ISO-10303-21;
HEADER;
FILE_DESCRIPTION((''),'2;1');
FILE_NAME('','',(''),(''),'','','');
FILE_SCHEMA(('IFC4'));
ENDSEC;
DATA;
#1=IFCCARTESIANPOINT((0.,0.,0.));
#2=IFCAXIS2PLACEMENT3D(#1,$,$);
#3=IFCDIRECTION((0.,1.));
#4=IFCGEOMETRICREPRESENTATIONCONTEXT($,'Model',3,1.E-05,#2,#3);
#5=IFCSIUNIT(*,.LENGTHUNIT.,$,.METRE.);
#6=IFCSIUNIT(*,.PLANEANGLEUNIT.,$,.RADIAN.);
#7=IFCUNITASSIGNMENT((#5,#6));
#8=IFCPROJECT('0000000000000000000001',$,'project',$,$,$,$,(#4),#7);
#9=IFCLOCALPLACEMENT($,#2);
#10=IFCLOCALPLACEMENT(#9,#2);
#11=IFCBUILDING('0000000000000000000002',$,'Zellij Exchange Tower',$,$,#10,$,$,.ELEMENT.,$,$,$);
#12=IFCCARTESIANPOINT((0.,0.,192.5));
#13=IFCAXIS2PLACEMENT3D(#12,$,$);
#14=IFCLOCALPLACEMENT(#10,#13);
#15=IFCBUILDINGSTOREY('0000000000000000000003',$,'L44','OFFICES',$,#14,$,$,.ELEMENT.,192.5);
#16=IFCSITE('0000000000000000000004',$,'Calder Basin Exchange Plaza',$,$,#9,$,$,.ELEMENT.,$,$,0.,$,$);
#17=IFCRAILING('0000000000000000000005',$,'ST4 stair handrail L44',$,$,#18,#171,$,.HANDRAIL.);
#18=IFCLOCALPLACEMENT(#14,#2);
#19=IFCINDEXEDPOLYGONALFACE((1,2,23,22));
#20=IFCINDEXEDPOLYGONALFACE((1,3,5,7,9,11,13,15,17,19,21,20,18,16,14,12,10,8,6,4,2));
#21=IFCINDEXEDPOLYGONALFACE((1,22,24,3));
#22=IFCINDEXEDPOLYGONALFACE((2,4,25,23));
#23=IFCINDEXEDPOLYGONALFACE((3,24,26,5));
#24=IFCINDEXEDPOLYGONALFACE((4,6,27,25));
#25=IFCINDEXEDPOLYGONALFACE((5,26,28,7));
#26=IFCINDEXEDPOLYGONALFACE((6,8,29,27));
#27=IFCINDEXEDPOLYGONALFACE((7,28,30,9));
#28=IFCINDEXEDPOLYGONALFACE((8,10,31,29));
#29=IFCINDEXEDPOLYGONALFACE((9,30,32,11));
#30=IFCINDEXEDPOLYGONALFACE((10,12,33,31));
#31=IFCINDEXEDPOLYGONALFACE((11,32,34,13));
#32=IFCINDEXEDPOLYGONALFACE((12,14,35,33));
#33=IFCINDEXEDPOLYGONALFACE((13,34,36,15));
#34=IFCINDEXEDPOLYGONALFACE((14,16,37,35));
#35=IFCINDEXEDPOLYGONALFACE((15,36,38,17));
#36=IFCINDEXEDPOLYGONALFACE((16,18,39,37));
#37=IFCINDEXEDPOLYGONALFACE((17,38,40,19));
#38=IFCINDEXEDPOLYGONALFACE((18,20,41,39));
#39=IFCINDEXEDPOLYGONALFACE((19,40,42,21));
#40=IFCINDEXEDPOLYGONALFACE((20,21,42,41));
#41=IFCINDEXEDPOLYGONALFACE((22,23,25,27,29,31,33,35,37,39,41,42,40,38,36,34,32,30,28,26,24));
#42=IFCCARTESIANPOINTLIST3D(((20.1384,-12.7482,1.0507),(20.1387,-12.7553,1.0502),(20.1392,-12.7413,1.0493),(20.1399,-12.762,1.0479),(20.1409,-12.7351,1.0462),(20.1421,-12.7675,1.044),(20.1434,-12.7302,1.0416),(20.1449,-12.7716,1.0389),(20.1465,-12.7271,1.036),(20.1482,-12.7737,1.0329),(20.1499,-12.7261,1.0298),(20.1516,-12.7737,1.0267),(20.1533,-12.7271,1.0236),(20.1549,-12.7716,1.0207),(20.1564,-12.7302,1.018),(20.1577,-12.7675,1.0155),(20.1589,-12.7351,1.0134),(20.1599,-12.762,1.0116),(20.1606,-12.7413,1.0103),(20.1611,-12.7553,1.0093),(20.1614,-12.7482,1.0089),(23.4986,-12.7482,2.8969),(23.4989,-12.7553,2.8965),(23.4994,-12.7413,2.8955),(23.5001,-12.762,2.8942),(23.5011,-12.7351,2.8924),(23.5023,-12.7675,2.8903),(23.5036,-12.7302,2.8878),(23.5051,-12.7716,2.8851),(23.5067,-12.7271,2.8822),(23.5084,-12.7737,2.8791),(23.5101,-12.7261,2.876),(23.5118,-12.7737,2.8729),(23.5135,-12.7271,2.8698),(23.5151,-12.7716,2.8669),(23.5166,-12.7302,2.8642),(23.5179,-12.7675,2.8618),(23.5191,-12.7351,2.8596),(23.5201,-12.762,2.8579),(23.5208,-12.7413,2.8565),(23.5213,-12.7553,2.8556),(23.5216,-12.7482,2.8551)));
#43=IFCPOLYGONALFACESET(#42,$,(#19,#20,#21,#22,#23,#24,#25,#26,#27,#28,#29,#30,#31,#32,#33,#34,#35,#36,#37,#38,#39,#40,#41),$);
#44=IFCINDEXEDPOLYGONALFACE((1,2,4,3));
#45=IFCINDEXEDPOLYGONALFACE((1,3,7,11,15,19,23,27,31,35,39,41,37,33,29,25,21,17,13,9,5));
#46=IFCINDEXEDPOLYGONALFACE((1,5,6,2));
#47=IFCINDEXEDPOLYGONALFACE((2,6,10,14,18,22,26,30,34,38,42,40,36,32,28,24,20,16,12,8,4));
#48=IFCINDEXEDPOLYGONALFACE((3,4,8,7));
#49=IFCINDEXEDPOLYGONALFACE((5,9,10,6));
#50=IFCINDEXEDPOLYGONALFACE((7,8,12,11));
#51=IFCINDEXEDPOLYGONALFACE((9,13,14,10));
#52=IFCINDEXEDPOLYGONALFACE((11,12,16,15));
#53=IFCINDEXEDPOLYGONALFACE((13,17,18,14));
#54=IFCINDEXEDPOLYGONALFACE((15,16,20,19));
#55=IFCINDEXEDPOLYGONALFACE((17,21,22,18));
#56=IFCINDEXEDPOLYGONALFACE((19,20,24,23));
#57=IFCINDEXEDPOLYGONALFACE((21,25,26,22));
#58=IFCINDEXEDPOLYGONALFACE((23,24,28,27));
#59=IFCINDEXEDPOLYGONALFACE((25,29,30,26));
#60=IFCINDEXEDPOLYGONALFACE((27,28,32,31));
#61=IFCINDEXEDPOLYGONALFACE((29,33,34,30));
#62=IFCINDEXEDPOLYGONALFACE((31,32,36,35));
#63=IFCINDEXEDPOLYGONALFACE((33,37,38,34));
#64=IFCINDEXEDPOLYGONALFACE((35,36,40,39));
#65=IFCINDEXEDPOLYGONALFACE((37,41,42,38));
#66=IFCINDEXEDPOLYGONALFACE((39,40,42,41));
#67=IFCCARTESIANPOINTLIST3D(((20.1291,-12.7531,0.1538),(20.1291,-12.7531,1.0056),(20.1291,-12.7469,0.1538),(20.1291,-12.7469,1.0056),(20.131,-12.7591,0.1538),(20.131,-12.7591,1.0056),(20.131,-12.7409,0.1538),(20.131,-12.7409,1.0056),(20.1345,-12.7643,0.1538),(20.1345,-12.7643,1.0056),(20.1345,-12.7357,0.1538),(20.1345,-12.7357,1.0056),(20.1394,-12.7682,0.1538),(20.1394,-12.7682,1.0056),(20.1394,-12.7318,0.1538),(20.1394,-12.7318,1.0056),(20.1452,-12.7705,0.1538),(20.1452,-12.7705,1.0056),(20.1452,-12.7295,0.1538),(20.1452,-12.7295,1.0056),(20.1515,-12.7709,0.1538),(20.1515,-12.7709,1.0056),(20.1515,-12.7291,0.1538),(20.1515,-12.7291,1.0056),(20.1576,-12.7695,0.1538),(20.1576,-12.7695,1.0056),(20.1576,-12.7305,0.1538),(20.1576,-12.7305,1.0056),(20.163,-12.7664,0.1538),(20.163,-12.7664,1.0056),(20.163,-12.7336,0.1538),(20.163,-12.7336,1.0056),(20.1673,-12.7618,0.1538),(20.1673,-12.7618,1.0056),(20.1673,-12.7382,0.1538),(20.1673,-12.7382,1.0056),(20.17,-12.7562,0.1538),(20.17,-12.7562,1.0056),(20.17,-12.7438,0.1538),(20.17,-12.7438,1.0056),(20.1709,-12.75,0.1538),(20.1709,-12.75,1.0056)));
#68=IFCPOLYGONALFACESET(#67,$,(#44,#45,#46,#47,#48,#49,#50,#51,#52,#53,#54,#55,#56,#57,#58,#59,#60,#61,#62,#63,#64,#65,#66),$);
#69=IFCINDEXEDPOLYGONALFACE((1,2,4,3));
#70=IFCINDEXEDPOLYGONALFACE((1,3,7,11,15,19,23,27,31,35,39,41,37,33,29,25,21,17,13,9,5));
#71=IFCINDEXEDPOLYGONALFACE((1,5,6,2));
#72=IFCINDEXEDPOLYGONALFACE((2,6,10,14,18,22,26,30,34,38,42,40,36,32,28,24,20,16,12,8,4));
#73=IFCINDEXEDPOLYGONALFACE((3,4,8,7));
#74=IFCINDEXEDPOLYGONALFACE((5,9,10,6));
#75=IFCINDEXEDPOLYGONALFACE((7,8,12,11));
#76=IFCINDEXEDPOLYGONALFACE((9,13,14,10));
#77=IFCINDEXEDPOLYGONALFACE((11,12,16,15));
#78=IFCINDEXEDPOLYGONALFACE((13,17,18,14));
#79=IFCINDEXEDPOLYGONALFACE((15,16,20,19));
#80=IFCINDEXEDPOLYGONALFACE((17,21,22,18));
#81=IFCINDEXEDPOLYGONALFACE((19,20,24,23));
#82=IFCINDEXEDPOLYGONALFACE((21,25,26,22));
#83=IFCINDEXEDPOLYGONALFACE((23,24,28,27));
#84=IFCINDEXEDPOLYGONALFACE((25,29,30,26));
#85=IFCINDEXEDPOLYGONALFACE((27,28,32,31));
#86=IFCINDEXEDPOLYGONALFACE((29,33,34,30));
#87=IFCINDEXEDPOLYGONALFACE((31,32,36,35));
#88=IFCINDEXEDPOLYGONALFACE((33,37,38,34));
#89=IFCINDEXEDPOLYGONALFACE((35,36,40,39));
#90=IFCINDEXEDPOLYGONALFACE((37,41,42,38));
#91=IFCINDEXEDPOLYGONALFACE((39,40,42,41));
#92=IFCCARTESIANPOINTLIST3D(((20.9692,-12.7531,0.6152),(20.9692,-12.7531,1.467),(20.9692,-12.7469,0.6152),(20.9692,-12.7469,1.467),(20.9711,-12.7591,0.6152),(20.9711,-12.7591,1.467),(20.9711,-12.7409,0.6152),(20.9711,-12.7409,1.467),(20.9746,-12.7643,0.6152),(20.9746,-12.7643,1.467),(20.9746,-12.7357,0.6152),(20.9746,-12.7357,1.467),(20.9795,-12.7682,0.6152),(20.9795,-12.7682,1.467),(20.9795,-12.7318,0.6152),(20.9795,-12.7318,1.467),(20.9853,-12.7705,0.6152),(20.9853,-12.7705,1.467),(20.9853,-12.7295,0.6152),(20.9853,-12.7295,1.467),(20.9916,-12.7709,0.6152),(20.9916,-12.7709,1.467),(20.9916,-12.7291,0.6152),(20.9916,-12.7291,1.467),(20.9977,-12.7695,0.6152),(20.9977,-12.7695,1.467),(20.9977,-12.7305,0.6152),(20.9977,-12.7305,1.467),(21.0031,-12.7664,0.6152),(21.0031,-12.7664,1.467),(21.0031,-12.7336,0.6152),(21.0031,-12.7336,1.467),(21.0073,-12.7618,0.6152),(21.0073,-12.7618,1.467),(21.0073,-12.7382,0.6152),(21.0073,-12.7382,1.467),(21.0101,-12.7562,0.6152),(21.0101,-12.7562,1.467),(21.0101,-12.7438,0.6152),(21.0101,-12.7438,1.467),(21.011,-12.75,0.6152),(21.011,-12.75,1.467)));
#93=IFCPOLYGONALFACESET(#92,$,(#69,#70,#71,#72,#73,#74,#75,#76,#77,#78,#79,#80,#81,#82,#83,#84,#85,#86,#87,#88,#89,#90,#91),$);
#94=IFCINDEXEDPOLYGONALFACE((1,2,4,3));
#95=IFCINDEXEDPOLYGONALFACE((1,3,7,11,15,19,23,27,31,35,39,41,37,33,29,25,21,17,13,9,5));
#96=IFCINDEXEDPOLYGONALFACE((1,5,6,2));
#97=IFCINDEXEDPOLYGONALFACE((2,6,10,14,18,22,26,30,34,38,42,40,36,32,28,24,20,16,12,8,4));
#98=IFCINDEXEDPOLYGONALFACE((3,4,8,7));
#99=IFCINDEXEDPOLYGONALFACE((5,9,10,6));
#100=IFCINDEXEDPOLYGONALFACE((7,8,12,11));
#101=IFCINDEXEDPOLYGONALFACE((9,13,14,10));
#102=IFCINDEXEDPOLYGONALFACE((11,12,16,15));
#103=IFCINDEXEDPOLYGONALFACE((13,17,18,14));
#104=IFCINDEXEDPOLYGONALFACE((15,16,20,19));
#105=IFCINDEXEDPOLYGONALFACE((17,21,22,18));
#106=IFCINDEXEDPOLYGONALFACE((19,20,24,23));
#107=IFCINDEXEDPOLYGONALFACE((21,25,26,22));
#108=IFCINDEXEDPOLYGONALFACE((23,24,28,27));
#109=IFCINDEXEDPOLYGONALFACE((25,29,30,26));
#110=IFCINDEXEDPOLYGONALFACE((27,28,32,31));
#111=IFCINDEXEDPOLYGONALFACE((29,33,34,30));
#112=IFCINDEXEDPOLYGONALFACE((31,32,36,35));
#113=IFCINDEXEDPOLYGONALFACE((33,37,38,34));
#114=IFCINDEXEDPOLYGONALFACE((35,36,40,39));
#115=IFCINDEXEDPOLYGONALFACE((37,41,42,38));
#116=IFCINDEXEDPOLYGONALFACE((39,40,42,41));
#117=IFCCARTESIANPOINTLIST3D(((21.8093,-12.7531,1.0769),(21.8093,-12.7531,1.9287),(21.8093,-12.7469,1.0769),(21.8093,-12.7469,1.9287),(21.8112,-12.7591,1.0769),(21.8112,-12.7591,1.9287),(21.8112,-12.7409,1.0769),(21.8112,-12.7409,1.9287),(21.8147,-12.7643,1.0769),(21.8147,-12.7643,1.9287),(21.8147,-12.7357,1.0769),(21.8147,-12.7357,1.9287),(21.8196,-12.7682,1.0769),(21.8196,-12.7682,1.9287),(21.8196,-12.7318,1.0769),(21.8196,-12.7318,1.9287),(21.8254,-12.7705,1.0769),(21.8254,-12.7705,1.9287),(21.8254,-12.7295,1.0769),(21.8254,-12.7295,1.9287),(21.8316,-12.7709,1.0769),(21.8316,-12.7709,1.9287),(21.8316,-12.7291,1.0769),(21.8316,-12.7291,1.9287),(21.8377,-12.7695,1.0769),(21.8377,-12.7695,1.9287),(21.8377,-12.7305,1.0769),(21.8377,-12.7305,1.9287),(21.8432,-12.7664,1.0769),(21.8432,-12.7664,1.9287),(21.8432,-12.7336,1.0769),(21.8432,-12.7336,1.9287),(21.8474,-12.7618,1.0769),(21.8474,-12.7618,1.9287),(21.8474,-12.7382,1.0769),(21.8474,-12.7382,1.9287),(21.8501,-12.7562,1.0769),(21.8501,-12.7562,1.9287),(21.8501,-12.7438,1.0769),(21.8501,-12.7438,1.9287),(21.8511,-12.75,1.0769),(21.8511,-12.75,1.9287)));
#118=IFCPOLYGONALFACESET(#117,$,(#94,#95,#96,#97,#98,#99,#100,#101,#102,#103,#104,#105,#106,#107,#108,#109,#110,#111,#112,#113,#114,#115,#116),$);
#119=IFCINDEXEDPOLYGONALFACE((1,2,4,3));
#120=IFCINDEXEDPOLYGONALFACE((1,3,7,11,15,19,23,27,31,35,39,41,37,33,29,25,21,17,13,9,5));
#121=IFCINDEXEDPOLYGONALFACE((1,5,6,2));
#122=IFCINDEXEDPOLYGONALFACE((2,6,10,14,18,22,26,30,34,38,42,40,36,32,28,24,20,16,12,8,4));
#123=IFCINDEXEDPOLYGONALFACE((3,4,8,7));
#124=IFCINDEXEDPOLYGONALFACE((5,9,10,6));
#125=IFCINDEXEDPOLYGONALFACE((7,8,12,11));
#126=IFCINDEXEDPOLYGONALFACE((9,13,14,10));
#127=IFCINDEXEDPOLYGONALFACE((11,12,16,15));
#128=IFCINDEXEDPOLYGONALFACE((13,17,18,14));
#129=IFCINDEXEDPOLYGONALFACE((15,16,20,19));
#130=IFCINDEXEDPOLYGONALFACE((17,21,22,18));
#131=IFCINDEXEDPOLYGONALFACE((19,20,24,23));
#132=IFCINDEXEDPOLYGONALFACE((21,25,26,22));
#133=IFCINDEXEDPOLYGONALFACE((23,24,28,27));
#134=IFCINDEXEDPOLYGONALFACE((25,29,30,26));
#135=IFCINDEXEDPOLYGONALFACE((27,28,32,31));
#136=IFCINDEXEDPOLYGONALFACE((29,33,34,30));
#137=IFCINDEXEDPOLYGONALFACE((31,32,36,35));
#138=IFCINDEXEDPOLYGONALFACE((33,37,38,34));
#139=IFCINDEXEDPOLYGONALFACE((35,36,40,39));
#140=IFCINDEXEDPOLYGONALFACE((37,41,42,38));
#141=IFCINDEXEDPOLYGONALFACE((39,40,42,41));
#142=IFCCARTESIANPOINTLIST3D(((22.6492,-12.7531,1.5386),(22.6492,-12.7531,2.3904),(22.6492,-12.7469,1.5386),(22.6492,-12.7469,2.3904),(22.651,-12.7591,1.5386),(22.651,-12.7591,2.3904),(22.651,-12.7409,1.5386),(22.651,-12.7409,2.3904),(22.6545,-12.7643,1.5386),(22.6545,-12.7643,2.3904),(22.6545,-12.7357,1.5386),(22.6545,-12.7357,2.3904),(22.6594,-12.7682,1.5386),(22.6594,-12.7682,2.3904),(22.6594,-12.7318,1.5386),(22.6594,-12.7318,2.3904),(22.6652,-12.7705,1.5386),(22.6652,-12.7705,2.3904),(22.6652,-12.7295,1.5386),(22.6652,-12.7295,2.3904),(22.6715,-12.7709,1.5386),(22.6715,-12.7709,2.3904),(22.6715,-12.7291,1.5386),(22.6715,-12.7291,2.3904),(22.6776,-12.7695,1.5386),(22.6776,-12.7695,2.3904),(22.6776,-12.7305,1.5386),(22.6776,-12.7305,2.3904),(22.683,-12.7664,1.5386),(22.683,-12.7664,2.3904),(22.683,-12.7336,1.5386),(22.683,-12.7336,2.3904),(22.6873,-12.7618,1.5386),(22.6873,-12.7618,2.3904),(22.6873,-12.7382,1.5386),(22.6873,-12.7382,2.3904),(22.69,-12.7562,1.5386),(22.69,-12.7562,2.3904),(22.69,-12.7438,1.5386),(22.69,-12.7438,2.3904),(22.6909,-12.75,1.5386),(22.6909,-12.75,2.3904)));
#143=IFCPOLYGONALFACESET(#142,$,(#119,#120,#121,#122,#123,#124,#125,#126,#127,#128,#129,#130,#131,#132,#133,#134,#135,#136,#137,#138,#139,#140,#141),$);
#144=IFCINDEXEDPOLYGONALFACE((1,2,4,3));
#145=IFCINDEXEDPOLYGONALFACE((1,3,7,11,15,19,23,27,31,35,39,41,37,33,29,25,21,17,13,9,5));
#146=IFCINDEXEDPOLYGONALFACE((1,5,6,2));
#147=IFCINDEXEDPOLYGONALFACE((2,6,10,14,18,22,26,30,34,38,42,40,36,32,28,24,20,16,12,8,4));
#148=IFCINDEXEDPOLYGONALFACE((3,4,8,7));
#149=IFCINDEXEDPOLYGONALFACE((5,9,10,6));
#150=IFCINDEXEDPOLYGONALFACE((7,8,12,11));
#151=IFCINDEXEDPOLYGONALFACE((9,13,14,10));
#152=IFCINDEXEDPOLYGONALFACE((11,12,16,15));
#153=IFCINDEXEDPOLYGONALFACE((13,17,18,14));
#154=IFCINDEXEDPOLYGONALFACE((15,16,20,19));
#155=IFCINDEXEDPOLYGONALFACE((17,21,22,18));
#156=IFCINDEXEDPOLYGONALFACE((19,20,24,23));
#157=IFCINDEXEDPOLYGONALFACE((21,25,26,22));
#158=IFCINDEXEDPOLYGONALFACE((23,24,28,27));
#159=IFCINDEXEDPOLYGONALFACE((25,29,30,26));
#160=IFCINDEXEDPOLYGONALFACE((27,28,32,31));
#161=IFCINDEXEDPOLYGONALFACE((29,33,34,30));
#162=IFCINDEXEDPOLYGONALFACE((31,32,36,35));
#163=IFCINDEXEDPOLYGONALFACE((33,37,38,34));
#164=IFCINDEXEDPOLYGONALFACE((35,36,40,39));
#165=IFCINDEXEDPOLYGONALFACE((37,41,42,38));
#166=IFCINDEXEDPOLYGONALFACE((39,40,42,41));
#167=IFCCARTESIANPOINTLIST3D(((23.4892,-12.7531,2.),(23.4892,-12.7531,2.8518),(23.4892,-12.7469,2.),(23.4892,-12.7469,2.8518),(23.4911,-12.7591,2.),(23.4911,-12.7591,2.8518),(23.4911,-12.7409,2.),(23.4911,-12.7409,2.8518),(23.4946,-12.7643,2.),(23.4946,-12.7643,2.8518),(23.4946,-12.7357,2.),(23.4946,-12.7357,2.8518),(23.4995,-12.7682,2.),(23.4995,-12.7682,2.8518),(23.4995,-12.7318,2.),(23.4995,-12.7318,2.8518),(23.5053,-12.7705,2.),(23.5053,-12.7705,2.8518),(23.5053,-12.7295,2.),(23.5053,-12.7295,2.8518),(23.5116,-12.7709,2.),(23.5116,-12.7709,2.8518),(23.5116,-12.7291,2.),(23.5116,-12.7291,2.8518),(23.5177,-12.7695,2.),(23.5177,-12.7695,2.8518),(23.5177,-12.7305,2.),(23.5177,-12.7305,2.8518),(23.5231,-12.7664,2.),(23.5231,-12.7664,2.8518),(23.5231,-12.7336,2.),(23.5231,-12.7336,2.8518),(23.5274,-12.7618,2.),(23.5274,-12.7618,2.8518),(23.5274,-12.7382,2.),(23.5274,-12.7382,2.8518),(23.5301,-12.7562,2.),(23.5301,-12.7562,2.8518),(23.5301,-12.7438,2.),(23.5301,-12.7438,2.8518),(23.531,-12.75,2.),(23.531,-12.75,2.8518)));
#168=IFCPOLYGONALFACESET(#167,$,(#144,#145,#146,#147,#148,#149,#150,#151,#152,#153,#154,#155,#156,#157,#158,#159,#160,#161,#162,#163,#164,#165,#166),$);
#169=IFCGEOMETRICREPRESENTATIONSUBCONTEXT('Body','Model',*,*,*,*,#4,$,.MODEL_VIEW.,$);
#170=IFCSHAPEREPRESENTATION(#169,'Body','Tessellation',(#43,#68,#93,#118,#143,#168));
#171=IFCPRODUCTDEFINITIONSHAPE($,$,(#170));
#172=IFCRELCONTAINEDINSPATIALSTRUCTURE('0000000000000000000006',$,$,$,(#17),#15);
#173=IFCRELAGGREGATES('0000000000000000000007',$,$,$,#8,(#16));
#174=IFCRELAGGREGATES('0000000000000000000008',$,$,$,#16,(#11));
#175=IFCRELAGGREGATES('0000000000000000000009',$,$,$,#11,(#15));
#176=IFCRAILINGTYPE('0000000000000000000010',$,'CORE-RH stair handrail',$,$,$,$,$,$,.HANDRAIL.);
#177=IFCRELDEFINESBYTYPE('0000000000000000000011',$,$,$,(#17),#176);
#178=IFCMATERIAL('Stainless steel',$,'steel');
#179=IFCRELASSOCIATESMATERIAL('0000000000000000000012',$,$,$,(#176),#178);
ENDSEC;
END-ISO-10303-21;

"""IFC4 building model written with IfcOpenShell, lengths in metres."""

from ifc_helpers import new_model, si_unit, direction, frame, origin, origin_2d, place, context, subcontext, project, spatial, circle, extrude, material, type_object, element, save


model = new_model("IFC4")

# Units and contexts
model_context = context("Model", 3, precision=1e-05, world=origin(), true_north=direction((0.0, 1.0)))
body_context = subcontext(model_context, "Body", "Model", "MODEL_VIEW")
ifc_project = project(units=[si_unit("LENGTHUNIT", "METRE"), si_unit("PLANEANGLEUNIT", "RADIAN")], contexts=[model_context])

# Site, building, storey
site_placement = place(None, origin())
site = spatial("IfcSite", under=ifc_project, at=site_placement, Name="Calder Basin Exchange Plaza", CompositionType="ELEMENT", RefElevation=0.0)
building_placement = place(site_placement, origin())
building = spatial("IfcBuilding", under=site, at=building_placement, Name="Zellij Exchange Tower", CompositionType="ELEMENT")
storey_placement = place(building_placement, frame((0.0, 0.0, 192.5)))
storey = spatial("IfcBuildingStorey", under=building, at=storey_placement, Name="L44", Description="OFFICES", CompositionType="ELEMENT", Elevation=192.5)

# Railing
ifc_material_1 = material(Name="Stainless steel", Category="steel")
railing_type_1 = type_object("IfcRailingType", Name="CORE-RH stair handrail", PredefinedType="HANDRAIL", material=ifc_material_1)
railing_1_placement = place(storey_placement, frame((20.1499, -12.75, 0.1538)))
element("IfcRailing", 1, at=railing_1_placement, inside=storey, type_object=railing_type_1, Name="ST4 stair handrail L44", PredefinedType="HANDRAIL", context=body_context, shape_type="SweptSolid", body=[
    extrude(circle(Radius=0.0239, at=origin_2d()), frame((0.0, 0.0, 0.876), z_axis=(0.876422, 0.0, 0.481545), x_axis=(0.0, 1.0, 0.0)), (0.0, 0.0, 1.0), 3.834),
    extrude(circle(Radius=0.021, at=origin_2d()), origin(), (0.0, 0.0, 1.0), 0.8518),
    extrude(circle(Radius=0.021, at=origin_2d()), frame((0.8401, 0.0, 0.4614)), (0.0, 0.0, 1.0), 0.8518),
    extrude(circle(Radius=0.021, at=origin_2d()), frame((1.6802, 0.0, 0.9231)), (0.0, 0.0, 1.0), 0.8518),
    extrude(circle(Radius=0.021, at=origin_2d()), frame((2.52, 0.0, 1.3848)), (0.0, 0.0, 1.0), 0.8518),
    extrude(circle(Radius=0.021, at=origin_2d()), frame((3.3601, 0.0, 1.8462)), (0.0, 0.0, 1.0), 0.8518),
])

save(model, "model.ifc")
